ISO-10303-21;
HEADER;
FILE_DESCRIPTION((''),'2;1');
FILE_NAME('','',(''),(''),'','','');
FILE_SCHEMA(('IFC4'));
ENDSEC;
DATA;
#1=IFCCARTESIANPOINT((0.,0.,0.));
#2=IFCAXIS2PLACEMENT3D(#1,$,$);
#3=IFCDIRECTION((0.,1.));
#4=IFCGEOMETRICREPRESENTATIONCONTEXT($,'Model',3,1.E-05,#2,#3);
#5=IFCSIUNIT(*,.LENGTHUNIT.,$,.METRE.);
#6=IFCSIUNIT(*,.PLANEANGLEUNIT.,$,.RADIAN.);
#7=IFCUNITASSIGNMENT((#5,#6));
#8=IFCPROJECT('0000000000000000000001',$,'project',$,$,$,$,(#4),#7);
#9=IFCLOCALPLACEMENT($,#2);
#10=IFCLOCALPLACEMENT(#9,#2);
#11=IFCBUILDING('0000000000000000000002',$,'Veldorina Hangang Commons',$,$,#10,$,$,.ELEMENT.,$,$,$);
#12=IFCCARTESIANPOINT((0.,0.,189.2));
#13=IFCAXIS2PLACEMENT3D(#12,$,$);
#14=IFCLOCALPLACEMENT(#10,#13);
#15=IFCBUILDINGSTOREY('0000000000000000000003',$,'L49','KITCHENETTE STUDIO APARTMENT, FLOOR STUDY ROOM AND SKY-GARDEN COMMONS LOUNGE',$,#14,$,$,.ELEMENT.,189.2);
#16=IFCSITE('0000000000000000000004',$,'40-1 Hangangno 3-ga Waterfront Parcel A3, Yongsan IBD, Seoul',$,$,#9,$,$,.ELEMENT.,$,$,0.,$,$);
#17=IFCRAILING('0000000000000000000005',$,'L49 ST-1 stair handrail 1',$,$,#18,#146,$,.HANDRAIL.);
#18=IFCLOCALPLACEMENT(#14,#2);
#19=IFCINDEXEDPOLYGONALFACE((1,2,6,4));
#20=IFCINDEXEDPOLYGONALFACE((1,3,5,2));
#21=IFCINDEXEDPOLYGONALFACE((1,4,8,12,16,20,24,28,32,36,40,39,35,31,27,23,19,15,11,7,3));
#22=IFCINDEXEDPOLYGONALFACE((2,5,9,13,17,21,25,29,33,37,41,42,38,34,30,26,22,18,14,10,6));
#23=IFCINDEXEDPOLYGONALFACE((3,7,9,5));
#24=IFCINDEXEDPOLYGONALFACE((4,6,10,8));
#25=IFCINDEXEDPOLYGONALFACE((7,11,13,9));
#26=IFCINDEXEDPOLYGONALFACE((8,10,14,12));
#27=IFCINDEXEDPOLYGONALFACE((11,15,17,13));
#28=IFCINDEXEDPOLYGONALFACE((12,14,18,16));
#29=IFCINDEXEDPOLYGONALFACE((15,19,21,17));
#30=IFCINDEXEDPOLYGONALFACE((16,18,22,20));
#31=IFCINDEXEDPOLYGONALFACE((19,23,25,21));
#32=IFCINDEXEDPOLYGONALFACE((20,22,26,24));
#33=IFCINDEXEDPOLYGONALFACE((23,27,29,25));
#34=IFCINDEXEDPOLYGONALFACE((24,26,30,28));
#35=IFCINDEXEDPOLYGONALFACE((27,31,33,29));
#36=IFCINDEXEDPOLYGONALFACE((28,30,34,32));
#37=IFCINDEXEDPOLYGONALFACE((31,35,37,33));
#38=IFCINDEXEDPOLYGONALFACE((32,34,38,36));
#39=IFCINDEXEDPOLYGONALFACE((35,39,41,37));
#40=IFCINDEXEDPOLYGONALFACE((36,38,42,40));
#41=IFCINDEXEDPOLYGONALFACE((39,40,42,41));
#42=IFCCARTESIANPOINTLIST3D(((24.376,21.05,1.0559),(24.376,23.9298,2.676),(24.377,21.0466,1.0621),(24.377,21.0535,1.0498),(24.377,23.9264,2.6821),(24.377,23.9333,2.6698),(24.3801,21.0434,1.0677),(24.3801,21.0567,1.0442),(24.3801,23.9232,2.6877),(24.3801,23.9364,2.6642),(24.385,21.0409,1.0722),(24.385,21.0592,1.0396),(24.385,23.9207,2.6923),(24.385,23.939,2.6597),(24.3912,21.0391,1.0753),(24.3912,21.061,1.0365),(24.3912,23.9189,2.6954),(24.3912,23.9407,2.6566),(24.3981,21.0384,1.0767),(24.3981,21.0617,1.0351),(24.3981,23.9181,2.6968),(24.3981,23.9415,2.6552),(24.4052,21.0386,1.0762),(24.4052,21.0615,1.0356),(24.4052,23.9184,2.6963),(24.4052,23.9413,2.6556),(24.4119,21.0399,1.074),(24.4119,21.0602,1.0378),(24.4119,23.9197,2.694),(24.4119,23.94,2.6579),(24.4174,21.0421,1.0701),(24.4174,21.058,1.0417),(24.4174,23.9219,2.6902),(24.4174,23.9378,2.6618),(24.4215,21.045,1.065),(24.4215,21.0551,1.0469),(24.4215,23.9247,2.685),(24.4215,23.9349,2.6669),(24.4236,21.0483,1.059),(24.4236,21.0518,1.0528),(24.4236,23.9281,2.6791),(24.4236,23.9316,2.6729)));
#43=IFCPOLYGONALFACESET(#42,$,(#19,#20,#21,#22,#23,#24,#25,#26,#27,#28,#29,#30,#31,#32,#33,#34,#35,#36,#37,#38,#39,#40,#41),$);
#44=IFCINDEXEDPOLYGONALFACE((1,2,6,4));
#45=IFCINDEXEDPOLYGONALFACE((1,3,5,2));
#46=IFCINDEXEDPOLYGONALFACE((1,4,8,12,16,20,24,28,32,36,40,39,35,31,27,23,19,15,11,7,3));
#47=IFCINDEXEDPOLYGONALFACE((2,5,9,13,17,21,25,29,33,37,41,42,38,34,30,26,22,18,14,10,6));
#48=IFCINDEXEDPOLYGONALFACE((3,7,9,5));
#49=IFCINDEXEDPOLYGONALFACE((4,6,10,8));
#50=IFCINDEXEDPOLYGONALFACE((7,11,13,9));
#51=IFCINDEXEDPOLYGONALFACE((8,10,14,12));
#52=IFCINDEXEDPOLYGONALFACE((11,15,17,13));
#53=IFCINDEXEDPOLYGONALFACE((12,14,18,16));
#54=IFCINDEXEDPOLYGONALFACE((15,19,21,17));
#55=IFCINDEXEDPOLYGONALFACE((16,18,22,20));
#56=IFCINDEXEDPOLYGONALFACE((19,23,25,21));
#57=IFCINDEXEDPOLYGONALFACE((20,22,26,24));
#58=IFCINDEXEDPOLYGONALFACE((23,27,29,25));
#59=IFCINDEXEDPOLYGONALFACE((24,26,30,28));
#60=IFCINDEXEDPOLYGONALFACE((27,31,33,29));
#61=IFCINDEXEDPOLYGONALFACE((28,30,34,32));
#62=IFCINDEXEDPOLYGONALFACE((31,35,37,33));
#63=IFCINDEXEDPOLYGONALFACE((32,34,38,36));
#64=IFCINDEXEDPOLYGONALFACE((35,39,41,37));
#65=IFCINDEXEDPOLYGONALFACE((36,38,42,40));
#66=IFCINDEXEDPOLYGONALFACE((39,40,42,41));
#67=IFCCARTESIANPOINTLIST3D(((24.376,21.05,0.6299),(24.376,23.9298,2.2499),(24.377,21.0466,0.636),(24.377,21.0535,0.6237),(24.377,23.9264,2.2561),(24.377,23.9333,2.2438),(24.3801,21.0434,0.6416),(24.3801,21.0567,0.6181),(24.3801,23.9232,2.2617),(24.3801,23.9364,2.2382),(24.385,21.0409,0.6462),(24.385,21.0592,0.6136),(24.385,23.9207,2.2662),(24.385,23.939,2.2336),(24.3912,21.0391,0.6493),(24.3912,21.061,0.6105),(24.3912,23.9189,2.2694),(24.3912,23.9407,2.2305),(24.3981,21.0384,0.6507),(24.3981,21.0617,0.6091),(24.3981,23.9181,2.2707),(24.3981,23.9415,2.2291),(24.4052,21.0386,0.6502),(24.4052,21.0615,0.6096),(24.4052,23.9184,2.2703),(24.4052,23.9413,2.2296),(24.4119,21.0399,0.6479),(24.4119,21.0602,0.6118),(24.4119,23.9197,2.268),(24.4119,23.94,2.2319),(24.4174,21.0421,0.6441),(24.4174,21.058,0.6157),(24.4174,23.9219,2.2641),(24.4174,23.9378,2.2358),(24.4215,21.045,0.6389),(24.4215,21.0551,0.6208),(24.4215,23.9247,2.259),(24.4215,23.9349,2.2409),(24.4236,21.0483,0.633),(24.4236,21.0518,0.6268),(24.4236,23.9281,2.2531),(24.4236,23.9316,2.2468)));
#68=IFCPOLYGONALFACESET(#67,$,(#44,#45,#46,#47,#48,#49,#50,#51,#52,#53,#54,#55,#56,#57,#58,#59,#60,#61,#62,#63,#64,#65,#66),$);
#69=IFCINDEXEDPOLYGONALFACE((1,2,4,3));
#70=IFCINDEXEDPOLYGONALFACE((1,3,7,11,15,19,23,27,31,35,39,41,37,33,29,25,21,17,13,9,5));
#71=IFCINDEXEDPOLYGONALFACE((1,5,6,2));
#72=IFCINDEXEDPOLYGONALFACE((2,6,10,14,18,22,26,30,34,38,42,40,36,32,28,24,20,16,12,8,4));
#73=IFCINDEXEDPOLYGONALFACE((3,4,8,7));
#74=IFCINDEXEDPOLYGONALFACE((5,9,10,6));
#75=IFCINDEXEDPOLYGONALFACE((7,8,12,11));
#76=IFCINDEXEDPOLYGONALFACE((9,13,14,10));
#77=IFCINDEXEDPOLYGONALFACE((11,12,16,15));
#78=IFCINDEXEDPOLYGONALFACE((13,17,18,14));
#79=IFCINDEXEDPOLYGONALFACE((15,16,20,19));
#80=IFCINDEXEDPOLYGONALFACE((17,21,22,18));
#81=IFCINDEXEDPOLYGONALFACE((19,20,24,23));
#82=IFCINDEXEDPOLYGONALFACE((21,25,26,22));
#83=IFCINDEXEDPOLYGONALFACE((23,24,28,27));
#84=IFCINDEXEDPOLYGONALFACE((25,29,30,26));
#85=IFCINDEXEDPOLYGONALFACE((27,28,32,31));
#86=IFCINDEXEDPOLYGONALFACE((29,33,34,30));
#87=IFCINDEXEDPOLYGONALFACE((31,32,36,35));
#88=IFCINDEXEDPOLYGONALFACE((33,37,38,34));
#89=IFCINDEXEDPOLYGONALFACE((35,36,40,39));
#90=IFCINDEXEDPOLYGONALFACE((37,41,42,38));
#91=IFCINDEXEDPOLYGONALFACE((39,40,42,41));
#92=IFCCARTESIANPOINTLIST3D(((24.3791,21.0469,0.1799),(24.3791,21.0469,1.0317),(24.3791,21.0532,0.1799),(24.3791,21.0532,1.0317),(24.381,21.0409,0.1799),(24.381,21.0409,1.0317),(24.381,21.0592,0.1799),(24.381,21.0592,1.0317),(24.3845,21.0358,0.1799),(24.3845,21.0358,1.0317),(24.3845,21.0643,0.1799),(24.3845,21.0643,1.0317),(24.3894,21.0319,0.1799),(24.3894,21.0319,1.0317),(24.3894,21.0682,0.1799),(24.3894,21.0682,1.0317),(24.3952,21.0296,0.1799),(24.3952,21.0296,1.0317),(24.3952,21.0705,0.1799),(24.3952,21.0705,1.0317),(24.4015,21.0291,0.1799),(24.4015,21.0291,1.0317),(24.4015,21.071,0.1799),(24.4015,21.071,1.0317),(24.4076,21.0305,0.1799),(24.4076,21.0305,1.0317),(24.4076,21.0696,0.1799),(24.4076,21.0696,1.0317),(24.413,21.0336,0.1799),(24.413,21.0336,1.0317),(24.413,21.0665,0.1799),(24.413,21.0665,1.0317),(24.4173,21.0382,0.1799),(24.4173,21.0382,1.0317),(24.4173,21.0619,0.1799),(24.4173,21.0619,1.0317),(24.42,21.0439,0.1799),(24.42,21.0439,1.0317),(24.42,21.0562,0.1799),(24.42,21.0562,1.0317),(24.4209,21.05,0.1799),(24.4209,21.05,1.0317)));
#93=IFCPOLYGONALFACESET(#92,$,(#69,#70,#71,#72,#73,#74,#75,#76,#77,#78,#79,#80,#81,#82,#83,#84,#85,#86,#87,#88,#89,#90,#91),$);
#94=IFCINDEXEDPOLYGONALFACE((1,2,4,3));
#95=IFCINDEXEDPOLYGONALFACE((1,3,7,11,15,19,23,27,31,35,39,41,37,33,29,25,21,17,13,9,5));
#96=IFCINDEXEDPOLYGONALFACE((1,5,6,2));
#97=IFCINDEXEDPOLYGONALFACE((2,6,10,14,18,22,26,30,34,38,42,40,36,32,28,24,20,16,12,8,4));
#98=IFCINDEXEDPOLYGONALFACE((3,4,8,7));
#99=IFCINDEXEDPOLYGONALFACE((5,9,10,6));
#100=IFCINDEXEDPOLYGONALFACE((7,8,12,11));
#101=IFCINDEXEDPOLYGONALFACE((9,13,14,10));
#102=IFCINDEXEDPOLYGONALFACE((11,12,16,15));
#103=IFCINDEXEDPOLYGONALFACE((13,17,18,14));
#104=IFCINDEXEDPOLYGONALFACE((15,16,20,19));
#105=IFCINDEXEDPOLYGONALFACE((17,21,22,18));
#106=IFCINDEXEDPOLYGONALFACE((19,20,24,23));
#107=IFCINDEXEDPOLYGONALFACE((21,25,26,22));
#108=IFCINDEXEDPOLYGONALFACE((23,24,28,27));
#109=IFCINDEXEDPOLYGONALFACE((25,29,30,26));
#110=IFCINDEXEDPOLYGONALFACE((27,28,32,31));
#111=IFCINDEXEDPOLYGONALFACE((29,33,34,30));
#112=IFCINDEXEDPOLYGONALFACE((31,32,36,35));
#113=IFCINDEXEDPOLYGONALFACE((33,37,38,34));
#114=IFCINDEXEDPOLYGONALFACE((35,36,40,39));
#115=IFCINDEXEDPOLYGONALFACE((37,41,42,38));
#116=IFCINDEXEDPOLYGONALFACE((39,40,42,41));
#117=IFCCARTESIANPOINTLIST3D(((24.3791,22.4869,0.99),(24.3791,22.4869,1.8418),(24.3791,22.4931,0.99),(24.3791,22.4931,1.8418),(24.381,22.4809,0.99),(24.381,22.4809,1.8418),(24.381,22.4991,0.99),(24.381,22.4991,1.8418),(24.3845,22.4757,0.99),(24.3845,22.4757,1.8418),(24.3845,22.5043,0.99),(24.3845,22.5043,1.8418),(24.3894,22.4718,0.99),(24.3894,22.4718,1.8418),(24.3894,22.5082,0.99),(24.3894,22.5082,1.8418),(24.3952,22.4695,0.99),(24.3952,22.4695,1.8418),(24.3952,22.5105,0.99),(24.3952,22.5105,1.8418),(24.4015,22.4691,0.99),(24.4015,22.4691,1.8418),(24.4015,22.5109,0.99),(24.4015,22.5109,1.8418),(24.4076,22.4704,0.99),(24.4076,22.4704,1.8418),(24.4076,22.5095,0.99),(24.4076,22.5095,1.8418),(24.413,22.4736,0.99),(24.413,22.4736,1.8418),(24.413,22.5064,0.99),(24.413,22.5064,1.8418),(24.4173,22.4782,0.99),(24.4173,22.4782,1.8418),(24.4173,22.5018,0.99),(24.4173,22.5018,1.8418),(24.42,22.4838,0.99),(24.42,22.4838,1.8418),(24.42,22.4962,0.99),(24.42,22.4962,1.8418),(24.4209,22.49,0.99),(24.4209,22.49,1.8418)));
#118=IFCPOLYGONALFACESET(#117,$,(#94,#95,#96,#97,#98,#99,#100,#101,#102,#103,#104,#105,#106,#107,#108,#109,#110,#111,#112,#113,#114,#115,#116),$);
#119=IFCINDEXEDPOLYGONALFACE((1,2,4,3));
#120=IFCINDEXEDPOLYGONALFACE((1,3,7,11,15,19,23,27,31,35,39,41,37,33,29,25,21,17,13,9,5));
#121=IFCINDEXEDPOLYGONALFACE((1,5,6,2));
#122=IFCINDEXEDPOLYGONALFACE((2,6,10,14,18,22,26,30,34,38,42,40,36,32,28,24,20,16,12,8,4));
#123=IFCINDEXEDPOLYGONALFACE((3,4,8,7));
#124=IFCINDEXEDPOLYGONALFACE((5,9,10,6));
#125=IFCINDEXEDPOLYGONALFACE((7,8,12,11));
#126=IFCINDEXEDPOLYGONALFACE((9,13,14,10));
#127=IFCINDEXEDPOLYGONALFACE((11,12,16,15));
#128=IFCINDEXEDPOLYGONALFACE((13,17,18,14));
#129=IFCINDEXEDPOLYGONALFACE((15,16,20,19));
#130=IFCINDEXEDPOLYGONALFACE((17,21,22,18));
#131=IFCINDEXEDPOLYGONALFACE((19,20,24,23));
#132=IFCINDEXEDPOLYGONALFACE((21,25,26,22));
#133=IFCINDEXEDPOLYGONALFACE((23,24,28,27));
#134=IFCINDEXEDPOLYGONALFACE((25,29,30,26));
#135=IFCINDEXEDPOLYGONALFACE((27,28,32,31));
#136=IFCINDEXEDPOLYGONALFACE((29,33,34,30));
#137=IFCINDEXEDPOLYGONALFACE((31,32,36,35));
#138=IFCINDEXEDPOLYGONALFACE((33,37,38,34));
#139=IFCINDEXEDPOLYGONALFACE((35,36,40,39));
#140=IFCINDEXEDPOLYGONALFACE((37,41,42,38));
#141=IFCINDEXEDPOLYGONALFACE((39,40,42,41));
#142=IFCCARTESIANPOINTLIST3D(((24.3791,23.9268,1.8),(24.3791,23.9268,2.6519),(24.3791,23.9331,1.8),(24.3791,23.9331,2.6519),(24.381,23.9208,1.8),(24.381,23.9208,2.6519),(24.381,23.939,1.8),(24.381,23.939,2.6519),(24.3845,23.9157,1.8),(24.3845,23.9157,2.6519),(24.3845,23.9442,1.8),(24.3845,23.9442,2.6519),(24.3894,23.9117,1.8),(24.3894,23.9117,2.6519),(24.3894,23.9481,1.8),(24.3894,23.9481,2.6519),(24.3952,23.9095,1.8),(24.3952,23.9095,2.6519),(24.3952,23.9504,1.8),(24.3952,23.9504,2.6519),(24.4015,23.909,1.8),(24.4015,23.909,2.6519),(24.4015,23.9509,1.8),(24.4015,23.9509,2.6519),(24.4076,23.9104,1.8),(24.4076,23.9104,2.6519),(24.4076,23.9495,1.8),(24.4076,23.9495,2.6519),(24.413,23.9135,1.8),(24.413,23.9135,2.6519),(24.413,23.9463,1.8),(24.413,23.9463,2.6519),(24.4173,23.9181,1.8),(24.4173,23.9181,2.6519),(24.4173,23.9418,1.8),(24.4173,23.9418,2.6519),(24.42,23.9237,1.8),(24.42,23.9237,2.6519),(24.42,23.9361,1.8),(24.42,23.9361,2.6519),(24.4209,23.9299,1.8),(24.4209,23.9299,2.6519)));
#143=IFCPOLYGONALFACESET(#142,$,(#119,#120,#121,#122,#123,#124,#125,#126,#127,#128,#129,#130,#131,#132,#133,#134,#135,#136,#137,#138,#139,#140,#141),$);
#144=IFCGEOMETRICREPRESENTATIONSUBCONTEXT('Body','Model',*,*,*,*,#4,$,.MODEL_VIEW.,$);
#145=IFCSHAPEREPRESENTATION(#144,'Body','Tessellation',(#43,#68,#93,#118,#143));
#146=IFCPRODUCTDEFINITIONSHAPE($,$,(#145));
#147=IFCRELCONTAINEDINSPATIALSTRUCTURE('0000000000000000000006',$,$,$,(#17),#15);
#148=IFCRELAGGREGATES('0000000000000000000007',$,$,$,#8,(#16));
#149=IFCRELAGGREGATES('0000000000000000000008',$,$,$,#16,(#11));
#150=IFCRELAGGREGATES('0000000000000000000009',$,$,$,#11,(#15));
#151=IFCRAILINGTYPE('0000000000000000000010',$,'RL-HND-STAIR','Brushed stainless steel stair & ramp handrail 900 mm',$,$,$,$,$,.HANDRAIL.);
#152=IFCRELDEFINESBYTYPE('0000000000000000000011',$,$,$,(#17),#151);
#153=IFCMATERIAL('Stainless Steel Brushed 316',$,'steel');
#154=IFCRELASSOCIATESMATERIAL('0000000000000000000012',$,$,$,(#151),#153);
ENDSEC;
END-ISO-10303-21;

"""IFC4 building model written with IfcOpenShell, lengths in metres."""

from ifc_helpers import new_model, si_unit, direction, frame, origin, origin_2d, place, context, subcontext, project, spatial, circle, extrude, material, type_object, element, save


model = new_model("IFC4")

# Units and contexts
model_context = context("Model", 3, precision=1e-05, world=origin(), true_north=direction((0.0, 1.0)))
body_context = subcontext(model_context, "Body", "Model", "MODEL_VIEW")
ifc_project = project(units=[si_unit("LENGTHUNIT", "METRE"), si_unit("PLANEANGLEUNIT", "RADIAN")], contexts=[model_context])

# Site, building, storey
site_placement = place(None, origin())
site = spatial("IfcSite", under=ifc_project, at=site_placement, Name="40-1 Hangangno 3-ga Waterfront Parcel A3, Yongsan IBD, Seoul", CompositionType="ELEMENT", RefElevation=0.0)
building_placement = place(site_placement, origin())
building = spatial("IfcBuilding", under=site, at=building_placement, Name="Veldorina Hangang Commons", CompositionType="ELEMENT")
storey_placement = place(building_placement, frame((0.0, 0.0, 189.2)))
storey = spatial("IfcBuildingStorey", under=building, at=storey_placement, Name="L49", Description="KITCHENETTE STUDIO APARTMENT, FLOOR STUDY ROOM AND SKY-GARDEN COMMONS LOUNGE", CompositionType="ELEMENT", Elevation=189.2)

# Railing
ifc_material_1 = material(Name="Stainless Steel Brushed 316", Category="steel")
railing_type_1 = type_object("IfcRailingType", Name="RL-HND-STAIR", Description="Brushed stainless steel stair & ramp handrail 900 mm", PredefinedType="HANDRAIL", material=ifc_material_1)
railing_1_placement = place(storey_placement, frame((24.3999, 21.05, 0.1799)))
element("IfcRailing", 1, at=railing_1_placement, inside=storey, type_object=railing_type_1, Name="L49 ST-1 stair handrail 1", PredefinedType="HANDRAIL", context=body_context, shape_type="SweptSolid", body=[
    extrude(circle(Radius=0.0239, at=origin_2d()), frame((0.0, 0.0, 0.876), z_axis=(0.0, 0.871552, 0.490303), x_axis=(-1.0, 0.0, 0.0)), (0.0, 0.0, 1.0), 3.3042),
    extrude(circle(Radius=0.0239, at=origin_2d()), frame((0.0, 0.0, 0.45), z_axis=(0.0, 0.871552, 0.490303), x_axis=(-1.0, 0.0, 0.0)), (0.0, 0.0, 1.0), 3.3042),
    extrude(circle(Radius=0.021, at=origin_2d()), origin(), (0.0, 0.0, 1.0), 0.8518),
    extrude(circle(Radius=0.021, at=origin_2d()), frame((0.0, 1.4399, 0.8101)), (0.0, 0.0, 1.0), 0.8518),
    extrude(circle(Radius=0.021, at=origin_2d()), frame((0.0, 2.8799, 1.6201)), (0.0, 0.0, 1.0), 0.8518),
])

save(model, "model.ifc")
